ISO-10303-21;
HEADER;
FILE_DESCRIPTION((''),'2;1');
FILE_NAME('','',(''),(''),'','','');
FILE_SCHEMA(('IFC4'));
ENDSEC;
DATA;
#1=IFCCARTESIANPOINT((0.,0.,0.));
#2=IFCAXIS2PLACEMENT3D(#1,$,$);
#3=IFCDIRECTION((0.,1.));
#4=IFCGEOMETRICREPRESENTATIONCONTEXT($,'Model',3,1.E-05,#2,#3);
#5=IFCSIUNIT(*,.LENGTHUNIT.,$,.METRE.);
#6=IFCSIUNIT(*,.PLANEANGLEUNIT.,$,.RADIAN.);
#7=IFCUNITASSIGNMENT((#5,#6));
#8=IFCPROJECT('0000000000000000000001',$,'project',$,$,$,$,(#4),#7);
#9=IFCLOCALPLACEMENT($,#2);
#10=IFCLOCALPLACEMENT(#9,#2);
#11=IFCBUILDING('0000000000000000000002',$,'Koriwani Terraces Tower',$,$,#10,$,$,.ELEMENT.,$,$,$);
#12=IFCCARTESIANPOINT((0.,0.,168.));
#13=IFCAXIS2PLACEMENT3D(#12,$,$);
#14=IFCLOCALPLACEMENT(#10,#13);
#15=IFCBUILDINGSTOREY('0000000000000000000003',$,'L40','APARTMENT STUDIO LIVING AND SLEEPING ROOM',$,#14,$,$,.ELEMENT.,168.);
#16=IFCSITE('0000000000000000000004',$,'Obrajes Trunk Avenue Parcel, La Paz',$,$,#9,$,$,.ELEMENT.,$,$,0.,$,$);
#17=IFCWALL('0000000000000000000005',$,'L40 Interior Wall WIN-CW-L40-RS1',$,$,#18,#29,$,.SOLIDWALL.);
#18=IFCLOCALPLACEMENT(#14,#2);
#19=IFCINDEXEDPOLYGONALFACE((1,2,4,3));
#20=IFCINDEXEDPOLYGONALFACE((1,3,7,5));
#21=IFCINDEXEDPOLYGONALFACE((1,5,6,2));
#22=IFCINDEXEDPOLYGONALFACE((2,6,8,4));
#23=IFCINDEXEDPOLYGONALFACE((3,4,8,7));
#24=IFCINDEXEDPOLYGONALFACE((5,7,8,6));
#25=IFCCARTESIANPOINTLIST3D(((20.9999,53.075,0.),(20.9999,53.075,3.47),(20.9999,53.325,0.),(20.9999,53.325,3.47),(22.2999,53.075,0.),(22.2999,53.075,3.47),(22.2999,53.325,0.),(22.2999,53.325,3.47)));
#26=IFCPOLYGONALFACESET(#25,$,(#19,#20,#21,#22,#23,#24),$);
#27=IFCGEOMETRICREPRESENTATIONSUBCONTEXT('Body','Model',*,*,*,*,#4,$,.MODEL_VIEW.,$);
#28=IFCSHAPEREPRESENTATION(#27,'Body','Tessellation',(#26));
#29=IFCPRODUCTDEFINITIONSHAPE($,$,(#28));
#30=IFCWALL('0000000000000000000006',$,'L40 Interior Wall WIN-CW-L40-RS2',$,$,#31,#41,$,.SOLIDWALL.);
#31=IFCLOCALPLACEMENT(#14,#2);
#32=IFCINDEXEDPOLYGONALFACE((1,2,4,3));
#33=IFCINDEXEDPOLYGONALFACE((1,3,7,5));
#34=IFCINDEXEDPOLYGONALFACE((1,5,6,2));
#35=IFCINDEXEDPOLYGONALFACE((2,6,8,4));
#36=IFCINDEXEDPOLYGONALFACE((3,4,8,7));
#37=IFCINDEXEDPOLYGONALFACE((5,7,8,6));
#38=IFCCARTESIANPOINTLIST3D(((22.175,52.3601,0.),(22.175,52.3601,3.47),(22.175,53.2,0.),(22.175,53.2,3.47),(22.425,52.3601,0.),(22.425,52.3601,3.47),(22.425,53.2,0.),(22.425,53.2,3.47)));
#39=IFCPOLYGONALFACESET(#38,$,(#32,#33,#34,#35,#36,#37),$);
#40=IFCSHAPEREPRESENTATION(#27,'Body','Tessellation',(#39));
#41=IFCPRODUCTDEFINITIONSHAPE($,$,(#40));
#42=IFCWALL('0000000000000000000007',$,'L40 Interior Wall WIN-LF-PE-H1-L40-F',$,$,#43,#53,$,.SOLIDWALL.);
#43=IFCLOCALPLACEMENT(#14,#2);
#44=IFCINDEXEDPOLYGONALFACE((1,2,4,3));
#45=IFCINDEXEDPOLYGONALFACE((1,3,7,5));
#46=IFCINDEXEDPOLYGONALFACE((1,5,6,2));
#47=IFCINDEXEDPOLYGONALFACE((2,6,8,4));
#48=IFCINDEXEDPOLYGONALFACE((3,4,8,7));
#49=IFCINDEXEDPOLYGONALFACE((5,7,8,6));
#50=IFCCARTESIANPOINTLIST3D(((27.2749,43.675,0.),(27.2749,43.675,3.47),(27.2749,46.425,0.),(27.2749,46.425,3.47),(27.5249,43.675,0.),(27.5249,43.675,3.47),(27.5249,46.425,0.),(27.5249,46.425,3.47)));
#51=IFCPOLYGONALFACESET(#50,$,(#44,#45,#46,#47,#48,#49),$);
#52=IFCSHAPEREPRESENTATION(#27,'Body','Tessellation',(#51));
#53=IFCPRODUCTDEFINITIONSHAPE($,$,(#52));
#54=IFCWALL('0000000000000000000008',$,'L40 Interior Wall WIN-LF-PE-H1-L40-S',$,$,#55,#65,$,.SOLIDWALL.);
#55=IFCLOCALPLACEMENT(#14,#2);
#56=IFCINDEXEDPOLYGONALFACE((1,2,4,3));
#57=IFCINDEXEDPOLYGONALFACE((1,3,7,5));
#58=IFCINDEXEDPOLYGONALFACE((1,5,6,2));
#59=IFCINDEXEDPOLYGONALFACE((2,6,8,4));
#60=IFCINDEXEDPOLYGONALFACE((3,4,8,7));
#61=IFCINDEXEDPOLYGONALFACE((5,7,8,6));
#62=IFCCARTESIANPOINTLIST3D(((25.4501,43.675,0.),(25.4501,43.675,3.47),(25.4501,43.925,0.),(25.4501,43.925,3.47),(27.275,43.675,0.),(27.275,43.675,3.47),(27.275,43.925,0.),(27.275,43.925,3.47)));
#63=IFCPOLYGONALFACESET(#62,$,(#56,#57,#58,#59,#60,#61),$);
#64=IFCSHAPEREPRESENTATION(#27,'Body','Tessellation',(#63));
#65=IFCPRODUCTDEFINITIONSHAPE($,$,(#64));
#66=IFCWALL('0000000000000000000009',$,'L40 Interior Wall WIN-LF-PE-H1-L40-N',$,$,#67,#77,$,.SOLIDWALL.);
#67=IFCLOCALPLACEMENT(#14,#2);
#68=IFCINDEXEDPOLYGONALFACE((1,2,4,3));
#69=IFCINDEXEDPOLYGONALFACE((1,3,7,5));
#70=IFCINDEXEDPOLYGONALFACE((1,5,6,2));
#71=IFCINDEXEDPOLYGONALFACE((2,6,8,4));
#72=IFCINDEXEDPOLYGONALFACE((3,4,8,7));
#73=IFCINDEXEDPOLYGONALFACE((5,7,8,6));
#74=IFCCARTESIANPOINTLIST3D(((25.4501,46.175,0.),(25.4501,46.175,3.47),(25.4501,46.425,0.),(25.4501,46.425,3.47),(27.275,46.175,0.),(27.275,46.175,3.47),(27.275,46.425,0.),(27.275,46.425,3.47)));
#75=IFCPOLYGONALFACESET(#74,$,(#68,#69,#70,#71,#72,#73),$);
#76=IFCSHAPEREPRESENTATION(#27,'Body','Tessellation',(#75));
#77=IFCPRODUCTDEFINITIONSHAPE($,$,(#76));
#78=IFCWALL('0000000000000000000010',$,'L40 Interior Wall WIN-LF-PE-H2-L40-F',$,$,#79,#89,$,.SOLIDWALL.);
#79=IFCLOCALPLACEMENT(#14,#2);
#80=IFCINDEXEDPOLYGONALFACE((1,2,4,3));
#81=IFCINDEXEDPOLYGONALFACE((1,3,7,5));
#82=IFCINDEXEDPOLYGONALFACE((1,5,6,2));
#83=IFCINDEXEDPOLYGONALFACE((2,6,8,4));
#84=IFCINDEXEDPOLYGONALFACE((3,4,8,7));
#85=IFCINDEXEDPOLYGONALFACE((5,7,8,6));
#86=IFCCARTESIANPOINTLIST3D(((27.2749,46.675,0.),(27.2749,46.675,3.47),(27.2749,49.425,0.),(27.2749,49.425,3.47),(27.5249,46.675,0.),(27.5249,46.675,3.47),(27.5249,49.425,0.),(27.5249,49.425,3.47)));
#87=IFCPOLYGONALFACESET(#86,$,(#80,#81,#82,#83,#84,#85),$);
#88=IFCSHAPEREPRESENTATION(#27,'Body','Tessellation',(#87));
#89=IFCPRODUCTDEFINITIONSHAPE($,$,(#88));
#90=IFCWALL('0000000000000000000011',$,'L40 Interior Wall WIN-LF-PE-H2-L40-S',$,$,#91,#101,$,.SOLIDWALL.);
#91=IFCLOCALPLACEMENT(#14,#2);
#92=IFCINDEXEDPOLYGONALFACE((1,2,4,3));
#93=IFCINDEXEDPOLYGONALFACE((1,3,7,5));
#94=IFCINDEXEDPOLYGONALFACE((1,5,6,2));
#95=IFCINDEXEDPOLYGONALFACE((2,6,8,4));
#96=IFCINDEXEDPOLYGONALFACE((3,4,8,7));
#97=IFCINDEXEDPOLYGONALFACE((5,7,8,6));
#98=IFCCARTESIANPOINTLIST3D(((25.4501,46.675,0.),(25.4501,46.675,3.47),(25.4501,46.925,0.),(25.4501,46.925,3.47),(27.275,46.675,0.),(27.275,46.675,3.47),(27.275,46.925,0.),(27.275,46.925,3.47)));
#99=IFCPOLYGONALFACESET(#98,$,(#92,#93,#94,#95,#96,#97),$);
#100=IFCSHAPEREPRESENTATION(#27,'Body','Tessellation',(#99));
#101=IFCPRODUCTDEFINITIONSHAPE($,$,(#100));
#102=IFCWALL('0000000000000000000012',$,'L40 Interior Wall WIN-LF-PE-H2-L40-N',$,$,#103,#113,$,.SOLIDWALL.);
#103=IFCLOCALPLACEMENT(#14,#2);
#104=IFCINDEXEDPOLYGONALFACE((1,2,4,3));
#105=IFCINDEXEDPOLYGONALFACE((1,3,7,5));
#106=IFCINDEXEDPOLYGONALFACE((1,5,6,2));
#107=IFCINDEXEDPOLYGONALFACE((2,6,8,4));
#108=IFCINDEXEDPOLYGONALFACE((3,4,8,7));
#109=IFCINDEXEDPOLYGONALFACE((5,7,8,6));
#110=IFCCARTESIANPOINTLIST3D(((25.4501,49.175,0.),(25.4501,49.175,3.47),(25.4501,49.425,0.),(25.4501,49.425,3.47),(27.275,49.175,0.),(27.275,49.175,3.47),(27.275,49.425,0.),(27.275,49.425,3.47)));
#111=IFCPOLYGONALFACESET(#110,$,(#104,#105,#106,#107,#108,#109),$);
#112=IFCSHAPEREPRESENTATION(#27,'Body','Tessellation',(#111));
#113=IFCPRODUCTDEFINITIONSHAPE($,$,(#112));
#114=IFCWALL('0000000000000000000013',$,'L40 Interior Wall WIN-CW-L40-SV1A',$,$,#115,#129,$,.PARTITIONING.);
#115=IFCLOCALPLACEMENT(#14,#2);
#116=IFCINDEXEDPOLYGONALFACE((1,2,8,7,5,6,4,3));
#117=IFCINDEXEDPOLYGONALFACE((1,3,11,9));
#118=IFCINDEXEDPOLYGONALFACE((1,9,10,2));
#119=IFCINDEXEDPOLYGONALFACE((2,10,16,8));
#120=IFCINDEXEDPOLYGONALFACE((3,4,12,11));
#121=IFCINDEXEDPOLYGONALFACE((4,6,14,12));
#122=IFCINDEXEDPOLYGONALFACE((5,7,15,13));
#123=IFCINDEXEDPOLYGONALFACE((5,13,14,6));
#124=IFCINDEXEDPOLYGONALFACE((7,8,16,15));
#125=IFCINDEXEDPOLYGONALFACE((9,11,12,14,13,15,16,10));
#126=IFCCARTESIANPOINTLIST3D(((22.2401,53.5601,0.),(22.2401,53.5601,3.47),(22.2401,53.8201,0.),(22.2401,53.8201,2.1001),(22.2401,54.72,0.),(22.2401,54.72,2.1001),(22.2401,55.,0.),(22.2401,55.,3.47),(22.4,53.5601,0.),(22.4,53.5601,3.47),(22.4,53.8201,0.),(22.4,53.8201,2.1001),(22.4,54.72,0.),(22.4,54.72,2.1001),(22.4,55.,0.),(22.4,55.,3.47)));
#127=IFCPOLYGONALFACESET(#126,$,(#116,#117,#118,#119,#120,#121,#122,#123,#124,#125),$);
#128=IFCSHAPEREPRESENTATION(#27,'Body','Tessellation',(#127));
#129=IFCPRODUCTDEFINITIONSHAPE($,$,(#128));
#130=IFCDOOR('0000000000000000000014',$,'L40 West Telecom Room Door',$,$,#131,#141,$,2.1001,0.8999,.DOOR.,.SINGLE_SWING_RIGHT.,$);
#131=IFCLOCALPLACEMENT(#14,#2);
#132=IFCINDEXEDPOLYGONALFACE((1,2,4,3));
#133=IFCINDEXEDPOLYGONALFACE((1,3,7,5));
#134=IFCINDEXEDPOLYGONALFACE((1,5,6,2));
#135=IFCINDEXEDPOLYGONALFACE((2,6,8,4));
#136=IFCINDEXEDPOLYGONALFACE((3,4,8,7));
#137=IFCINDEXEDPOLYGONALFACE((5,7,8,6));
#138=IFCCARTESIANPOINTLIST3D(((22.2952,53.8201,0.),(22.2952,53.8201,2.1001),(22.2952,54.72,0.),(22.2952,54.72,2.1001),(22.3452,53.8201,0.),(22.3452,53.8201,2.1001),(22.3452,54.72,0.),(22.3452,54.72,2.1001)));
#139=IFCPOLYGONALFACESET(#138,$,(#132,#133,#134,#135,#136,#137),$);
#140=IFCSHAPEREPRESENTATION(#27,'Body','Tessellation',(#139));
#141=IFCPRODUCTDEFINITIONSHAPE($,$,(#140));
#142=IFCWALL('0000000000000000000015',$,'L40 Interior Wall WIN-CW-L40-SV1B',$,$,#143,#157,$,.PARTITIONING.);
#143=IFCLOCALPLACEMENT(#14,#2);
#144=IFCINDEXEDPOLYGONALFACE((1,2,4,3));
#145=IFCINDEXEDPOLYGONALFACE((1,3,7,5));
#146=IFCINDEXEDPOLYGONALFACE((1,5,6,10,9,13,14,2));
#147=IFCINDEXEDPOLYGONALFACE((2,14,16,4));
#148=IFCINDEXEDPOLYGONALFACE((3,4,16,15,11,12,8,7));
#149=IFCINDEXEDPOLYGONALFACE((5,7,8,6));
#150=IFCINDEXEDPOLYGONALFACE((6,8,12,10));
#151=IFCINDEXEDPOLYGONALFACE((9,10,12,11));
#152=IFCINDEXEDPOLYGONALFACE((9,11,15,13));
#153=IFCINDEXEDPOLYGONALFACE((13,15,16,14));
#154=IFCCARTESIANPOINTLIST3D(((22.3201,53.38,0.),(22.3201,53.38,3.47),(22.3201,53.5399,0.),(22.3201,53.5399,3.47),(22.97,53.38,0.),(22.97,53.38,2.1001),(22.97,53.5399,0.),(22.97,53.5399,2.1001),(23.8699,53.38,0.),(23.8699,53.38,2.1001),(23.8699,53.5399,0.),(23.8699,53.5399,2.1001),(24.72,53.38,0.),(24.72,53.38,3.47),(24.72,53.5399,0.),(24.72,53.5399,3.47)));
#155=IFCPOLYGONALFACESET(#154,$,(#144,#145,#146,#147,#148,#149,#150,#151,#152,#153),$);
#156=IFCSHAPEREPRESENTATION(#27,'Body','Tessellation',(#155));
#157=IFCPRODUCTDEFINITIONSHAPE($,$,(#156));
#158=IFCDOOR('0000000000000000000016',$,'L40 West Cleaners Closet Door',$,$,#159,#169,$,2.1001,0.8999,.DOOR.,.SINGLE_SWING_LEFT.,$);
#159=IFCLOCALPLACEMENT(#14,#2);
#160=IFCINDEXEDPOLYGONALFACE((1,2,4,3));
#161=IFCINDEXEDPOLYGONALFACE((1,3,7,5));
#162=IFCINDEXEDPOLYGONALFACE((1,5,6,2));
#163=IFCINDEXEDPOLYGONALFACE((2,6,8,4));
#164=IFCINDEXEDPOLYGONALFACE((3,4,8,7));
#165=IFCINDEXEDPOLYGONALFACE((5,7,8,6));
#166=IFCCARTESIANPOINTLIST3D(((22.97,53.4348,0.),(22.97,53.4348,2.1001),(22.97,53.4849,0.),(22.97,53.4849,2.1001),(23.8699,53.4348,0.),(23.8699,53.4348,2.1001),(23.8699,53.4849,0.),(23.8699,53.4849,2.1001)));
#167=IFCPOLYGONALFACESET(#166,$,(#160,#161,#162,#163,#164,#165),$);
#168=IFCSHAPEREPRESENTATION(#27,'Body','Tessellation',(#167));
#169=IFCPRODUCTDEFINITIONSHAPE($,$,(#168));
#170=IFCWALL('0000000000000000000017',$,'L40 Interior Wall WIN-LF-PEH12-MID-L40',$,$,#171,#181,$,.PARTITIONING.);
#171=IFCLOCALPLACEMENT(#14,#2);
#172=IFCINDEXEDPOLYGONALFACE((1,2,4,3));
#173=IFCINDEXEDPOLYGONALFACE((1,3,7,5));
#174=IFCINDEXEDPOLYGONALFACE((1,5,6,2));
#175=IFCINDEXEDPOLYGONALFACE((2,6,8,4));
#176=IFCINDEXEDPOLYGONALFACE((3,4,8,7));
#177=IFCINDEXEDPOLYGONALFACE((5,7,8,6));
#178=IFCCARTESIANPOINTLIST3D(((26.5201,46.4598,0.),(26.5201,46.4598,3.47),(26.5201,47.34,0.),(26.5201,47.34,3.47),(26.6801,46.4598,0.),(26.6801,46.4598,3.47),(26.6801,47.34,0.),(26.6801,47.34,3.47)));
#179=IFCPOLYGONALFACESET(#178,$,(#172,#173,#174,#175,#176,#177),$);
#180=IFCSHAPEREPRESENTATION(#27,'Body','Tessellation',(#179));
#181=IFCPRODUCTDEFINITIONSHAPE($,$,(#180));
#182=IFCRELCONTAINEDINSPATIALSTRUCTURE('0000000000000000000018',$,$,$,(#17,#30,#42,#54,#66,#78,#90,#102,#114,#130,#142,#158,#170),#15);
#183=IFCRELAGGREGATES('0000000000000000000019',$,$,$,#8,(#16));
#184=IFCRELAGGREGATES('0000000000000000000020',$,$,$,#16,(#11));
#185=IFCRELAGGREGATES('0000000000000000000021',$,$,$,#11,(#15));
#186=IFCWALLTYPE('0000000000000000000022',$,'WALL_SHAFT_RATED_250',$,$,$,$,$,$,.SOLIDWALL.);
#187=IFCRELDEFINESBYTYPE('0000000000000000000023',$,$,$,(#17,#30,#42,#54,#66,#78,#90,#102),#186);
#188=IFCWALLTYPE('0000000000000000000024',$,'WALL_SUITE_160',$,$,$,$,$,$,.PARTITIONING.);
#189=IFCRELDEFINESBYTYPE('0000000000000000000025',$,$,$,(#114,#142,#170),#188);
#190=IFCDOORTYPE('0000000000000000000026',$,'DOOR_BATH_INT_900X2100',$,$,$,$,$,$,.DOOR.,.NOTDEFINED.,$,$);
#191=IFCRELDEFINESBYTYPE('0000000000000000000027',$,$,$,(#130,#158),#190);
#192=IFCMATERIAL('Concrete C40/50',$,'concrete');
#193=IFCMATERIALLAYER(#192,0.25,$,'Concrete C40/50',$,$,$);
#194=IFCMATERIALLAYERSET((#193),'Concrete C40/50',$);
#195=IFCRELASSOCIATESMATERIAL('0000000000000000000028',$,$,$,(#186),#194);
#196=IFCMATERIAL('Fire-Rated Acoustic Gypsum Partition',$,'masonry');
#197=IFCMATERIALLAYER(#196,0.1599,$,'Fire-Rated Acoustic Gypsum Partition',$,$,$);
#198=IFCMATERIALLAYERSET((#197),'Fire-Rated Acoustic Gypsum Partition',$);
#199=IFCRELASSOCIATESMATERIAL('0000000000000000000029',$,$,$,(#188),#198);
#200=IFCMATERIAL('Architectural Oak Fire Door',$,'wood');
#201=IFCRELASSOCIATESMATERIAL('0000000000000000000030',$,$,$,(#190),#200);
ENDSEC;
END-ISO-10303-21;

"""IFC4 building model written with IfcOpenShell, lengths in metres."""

from ifc_helpers import new_model, si_unit, direction, frame, frame_2d, origin, place, context, subcontext, project, spatial, rectangle, extrude, material, layer, layer_set, type_object, element, fill, save


model = new_model("IFC4")

# Units and contexts
model_context = context("Model", 3, precision=1e-05, world=origin(), true_north=direction((0.0, 1.0)))
body_context = subcontext(model_context, "Body", "Model", "MODEL_VIEW")
ifc_project = project(units=[si_unit("LENGTHUNIT", "METRE"), si_unit("PLANEANGLEUNIT", "RADIAN")], contexts=[model_context])

# Site, building, storey
site_placement = place(None, origin())
site = spatial("IfcSite", under=ifc_project, at=site_placement, Name="Obrajes Trunk Avenue Parcel, La Paz", CompositionType="ELEMENT", RefElevation=0.0)
building_placement = place(site_placement, origin())
building = spatial("IfcBuilding", under=site, at=building_placement, Name="Koriwani Terraces Tower", CompositionType="ELEMENT")
storey_placement = place(building_placement, frame((0.0, 0.0, 168.0)))
storey = spatial("IfcBuildingStorey", under=building, at=storey_placement, Name="L40", Description="APARTMENT STUDIO LIVING AND SLEEPING ROOM", CompositionType="ELEMENT", Elevation=168.0)

# Shared definitions
ifc_material_1 = material(Name="Architectural Oak Fire Door", Category="wood")

# Shared definitions
ifc_material_2 = material(Name="Concrete C40/50", Category="concrete")
ifc_layer_1 = layer(ifc_material_2, 0.25, Name="Concrete C40/50")
ifc_layer_set_1 = layer_set([ifc_layer_1], Name="Concrete C40/50")
wall_type_1 = type_object("IfcWallType", Name="WALL_SHAFT_RATED_250", PredefinedType="SOLIDWALL", material=ifc_layer_set_1)

# Walls
wall_1_placement = place(storey_placement, frame((21.0, 53.2, 0.0), z_axis=(0.0, 0.0, 1.0), x_axis=(1.0, 0.0, 0.0)))
element("IfcWall", 1, at=wall_1_placement, inside=storey, type_object=wall_type_1, Name="L40 Interior Wall WIN-CW-L40-RS1", PredefinedType="SOLIDWALL", context=body_context, shape_type="SweptSolid", body=[
    extrude(rectangle(XDim=1.3, YDim=0.25, at=frame_2d((0.6499, 0.0))), origin(), (0.0, 0.0, 1.0), 3.47),
])
wall_2_placement = place(storey_placement, frame((22.3, 52.3601, 0.0), z_axis=(0.0, 0.0, 1.0), x_axis=(0.0, 1.0, 0.0)))
element("IfcWall", 2, at=wall_2_placement, inside=storey, type_object=wall_type_1, Name="L40 Interior Wall WIN-CW-L40-RS2", PredefinedType="SOLIDWALL", context=body_context, shape_type="SweptSolid", body=[
    extrude(rectangle(XDim=0.8398, YDim=0.25, at=frame_2d((0.4199, 0.0))), origin(), (0.0, 0.0, 1.0), 3.47),
])
wall_3_placement = place(storey_placement, frame((27.3999, 43.675, 0.0), z_axis=(0.0, 0.0, 1.0), x_axis=(0.0, 1.0, 0.0)))
element("IfcWall", 3, at=wall_3_placement, inside=storey, type_object=wall_type_1, Name="L40 Interior Wall WIN-LF-PE-H1-L40-F", PredefinedType="SOLIDWALL", context=body_context, shape_type="SweptSolid", body=[
    extrude(rectangle(XDim=2.75, YDim=0.25, at=frame_2d((1.375, 0.0))), origin(), (0.0, 0.0, 1.0), 3.47),
])
for number, where, z_axis, x_axis, name in (
    (4, (25.45, 43.8, 0.0), (0.0, 0.0, 1.0), (1.0, 0.0, 0.0), "L40 Interior Wall WIN-LF-PE-H1-L40-S"),
    (5, (25.45, 46.3, 0.0), (0.0, 0.0, 1.0), (1.0, 0.0, 0.0), "L40 Interior Wall WIN-LF-PE-H1-L40-N"),
):
    element("IfcWall", number, at=place(storey_placement, frame(where, z_axis=z_axis, x_axis=x_axis)), inside=storey, type_object=wall_type_1, Name=name, PredefinedType="SOLIDWALL", context=body_context, shape_type="SweptSolid", body=[
        extrude(rectangle(XDim=1.825, YDim=0.25, at=frame_2d((0.9126, 0.0))), origin(), (0.0, 0.0, 1.0), 3.47),
    ])
wall_4_placement = place(storey_placement, frame((27.3999, 46.675, 0.0), z_axis=(0.0, 0.0, 1.0), x_axis=(0.0, 1.0, 0.0)))
element("IfcWall", 6, at=wall_4_placement, inside=storey, type_object=wall_type_1, Name="L40 Interior Wall WIN-LF-PE-H2-L40-F", PredefinedType="SOLIDWALL", context=body_context, shape_type="SweptSolid", body=[
    extrude(rectangle(XDim=2.75, YDim=0.25, at=frame_2d((1.375, 0.0))), origin(), (0.0, 0.0, 1.0), 3.47),
])
for number, where, z_axis, x_axis, name in (
    (7, (25.45, 46.8, 0.0), (0.0, 0.0, 1.0), (1.0, 0.0, 0.0), "L40 Interior Wall WIN-LF-PE-H2-L40-S"),
    (8, (25.45, 49.3, 0.0), (0.0, 0.0, 1.0), (1.0, 0.0, 0.0), "L40 Interior Wall WIN-LF-PE-H2-L40-N"),
):
    element("IfcWall", number, at=place(storey_placement, frame(where, z_axis=z_axis, x_axis=x_axis)), inside=storey, type_object=wall_type_1, Name=name, PredefinedType="SOLIDWALL", context=body_context, shape_type="SweptSolid", body=[
        extrude(rectangle(XDim=1.825, YDim=0.25, at=frame_2d((0.9126, 0.0))), origin(), (0.0, 0.0, 1.0), 3.47),
    ])

# Walls, openings, doors
ifc_material_3 = material(Name="Fire-Rated Acoustic Gypsum Partition", Category="masonry")
ifc_layer_2 = layer(ifc_material_3, 0.1599, Name="Fire-Rated Acoustic Gypsum Partition")
ifc_layer_set_2 = layer_set([ifc_layer_2], Name="Fire-Rated Acoustic Gypsum Partition")
wall_type_2 = type_object("IfcWallType", Name="WALL_SUITE_160", PredefinedType="PARTITIONING", material=ifc_layer_set_2)
wall_5_placement = place(storey_placement, frame((22.3201, 53.5601, 0.0), z_axis=(0.0, 0.0, 1.0), x_axis=(0.0, 1.0, 0.0)))
wall_5 = element("IfcWall", 9, at=wall_5_placement, inside=storey, type_object=wall_type_2, Name="L40 Interior Wall WIN-CW-L40-SV1A", PredefinedType="PARTITIONING", context=body_context, shape_type="SweptSolid", body=[
    extrude(rectangle(XDim=1.4399, YDim=0.1599, at=frame_2d((0.72, 0.0))), origin(), (0.0, 0.0, 1.0), 3.47),
])
opening_1_placement = place(wall_5_placement, frame((0.26, 0.0, 0.0)))
opening_1 = element("IfcOpeningElement", 10, at=opening_1_placement, cuts=wall_5, PredefinedType="OPENING", context=body_context, shape_type="SweptSolid", body=[
    extrude(rectangle(XDim=0.8999, YDim=2.1001, at=frame_2d((0.45, 1.05))), frame((0.0, 0.0898, 0.0), z_axis=(0.0, -1.0, 0.0), x_axis=(1.0, 0.0, 0.0)), (0.0, 0.0, 1.0), 0.1799),
])
door_type_1 = type_object("IfcDoorType", Name="DOOR_BATH_INT_900X2100", OperationType="NOTDEFINED", PredefinedType="DOOR", material=ifc_material_1)
door_1_placement = place(opening_1_placement, origin())
door_1 = element("IfcDoor", 11, at=door_1_placement, inside=storey, type_object=door_type_1, Name="L40 West Telecom Room Door", OperationType="SINGLE_SWING_RIGHT", OverallHeight=2.1001, OverallWidth=0.8999, PredefinedType="DOOR", context=body_context, shape_type="SweptSolid", body=[
    extrude(rectangle(XDim=0.8999, YDim=2.1001, at=frame_2d((0.45, 1.05))), frame((0.0, 0.0249, 0.0), z_axis=(0.0, -1.0, 0.0), x_axis=(1.0, 0.0, 0.0)), (0.0, 0.0, 1.0), 0.05),
])
fill(opening_1, door_1)
wall_6_placement = place(storey_placement, frame((22.3201, 53.46, 0.0), z_axis=(0.0, 0.0, 1.0), x_axis=(1.0, 0.0, 0.0)))
wall_6 = element("IfcWall", 12, at=wall_6_placement, inside=storey, type_object=wall_type_2, Name="L40 Interior Wall WIN-CW-L40-SV1B", PredefinedType="PARTITIONING", context=body_context, shape_type="SweptSolid", body=[
    extrude(rectangle(XDim=2.3999, YDim=0.1599, at=frame_2d((1.2, 0.0))), origin(), (0.0, 0.0, 1.0), 3.47),
])
opening_2_placement = place(wall_6_placement, frame((0.6499, 0.0, 0.0)))
opening_2 = element("IfcOpeningElement", 13, at=opening_2_placement, cuts=wall_6, PredefinedType="OPENING", context=body_context, shape_type="SweptSolid", body=[
    extrude(rectangle(XDim=0.8999, YDim=2.1001, at=frame_2d((0.45, 1.05))), frame((0.0, 0.0898, 0.0), z_axis=(0.0, -1.0, 0.0), x_axis=(1.0, 0.0, 0.0)), (0.0, 0.0, 1.0), 0.1799),
])
door_2_placement = place(opening_2_placement, origin())
door_2 = element("IfcDoor", 14, at=door_2_placement, inside=storey, type_object=door_type_1, Name="L40 West Cleaners Closet Door", OperationType="SINGLE_SWING_LEFT", OverallHeight=2.1001, OverallWidth=0.8999, PredefinedType="DOOR", context=body_context, shape_type="SweptSolid", body=[
    extrude(rectangle(XDim=0.8999, YDim=2.1001, at=frame_2d((0.45, 1.05))), frame((0.0, 0.0249, 0.0), z_axis=(0.0, -1.0, 0.0), x_axis=(1.0, 0.0, 0.0)), (0.0, 0.0, 1.0), 0.05),
])
fill(opening_2, door_2)

# Wall
wall_7_placement = place(storey_placement, frame((26.6001, 46.46, 0.0), z_axis=(0.0, 0.0, 1.0), x_axis=(0.0, 1.0, 0.0)))
element("IfcWall", 15, at=wall_7_placement, inside=storey, type_object=wall_type_2, Name="L40 Interior Wall WIN-LF-PEH12-MID-L40", PredefinedType="PARTITIONING", context=body_context, shape_type="SweptSolid", body=[
    extrude(rectangle(XDim=0.8801, YDim=0.1599, at=frame_2d((0.4399, 0.0))), origin(), (0.0, 0.0, 1.0), 3.47),
])

save(model, "model.ifc")
